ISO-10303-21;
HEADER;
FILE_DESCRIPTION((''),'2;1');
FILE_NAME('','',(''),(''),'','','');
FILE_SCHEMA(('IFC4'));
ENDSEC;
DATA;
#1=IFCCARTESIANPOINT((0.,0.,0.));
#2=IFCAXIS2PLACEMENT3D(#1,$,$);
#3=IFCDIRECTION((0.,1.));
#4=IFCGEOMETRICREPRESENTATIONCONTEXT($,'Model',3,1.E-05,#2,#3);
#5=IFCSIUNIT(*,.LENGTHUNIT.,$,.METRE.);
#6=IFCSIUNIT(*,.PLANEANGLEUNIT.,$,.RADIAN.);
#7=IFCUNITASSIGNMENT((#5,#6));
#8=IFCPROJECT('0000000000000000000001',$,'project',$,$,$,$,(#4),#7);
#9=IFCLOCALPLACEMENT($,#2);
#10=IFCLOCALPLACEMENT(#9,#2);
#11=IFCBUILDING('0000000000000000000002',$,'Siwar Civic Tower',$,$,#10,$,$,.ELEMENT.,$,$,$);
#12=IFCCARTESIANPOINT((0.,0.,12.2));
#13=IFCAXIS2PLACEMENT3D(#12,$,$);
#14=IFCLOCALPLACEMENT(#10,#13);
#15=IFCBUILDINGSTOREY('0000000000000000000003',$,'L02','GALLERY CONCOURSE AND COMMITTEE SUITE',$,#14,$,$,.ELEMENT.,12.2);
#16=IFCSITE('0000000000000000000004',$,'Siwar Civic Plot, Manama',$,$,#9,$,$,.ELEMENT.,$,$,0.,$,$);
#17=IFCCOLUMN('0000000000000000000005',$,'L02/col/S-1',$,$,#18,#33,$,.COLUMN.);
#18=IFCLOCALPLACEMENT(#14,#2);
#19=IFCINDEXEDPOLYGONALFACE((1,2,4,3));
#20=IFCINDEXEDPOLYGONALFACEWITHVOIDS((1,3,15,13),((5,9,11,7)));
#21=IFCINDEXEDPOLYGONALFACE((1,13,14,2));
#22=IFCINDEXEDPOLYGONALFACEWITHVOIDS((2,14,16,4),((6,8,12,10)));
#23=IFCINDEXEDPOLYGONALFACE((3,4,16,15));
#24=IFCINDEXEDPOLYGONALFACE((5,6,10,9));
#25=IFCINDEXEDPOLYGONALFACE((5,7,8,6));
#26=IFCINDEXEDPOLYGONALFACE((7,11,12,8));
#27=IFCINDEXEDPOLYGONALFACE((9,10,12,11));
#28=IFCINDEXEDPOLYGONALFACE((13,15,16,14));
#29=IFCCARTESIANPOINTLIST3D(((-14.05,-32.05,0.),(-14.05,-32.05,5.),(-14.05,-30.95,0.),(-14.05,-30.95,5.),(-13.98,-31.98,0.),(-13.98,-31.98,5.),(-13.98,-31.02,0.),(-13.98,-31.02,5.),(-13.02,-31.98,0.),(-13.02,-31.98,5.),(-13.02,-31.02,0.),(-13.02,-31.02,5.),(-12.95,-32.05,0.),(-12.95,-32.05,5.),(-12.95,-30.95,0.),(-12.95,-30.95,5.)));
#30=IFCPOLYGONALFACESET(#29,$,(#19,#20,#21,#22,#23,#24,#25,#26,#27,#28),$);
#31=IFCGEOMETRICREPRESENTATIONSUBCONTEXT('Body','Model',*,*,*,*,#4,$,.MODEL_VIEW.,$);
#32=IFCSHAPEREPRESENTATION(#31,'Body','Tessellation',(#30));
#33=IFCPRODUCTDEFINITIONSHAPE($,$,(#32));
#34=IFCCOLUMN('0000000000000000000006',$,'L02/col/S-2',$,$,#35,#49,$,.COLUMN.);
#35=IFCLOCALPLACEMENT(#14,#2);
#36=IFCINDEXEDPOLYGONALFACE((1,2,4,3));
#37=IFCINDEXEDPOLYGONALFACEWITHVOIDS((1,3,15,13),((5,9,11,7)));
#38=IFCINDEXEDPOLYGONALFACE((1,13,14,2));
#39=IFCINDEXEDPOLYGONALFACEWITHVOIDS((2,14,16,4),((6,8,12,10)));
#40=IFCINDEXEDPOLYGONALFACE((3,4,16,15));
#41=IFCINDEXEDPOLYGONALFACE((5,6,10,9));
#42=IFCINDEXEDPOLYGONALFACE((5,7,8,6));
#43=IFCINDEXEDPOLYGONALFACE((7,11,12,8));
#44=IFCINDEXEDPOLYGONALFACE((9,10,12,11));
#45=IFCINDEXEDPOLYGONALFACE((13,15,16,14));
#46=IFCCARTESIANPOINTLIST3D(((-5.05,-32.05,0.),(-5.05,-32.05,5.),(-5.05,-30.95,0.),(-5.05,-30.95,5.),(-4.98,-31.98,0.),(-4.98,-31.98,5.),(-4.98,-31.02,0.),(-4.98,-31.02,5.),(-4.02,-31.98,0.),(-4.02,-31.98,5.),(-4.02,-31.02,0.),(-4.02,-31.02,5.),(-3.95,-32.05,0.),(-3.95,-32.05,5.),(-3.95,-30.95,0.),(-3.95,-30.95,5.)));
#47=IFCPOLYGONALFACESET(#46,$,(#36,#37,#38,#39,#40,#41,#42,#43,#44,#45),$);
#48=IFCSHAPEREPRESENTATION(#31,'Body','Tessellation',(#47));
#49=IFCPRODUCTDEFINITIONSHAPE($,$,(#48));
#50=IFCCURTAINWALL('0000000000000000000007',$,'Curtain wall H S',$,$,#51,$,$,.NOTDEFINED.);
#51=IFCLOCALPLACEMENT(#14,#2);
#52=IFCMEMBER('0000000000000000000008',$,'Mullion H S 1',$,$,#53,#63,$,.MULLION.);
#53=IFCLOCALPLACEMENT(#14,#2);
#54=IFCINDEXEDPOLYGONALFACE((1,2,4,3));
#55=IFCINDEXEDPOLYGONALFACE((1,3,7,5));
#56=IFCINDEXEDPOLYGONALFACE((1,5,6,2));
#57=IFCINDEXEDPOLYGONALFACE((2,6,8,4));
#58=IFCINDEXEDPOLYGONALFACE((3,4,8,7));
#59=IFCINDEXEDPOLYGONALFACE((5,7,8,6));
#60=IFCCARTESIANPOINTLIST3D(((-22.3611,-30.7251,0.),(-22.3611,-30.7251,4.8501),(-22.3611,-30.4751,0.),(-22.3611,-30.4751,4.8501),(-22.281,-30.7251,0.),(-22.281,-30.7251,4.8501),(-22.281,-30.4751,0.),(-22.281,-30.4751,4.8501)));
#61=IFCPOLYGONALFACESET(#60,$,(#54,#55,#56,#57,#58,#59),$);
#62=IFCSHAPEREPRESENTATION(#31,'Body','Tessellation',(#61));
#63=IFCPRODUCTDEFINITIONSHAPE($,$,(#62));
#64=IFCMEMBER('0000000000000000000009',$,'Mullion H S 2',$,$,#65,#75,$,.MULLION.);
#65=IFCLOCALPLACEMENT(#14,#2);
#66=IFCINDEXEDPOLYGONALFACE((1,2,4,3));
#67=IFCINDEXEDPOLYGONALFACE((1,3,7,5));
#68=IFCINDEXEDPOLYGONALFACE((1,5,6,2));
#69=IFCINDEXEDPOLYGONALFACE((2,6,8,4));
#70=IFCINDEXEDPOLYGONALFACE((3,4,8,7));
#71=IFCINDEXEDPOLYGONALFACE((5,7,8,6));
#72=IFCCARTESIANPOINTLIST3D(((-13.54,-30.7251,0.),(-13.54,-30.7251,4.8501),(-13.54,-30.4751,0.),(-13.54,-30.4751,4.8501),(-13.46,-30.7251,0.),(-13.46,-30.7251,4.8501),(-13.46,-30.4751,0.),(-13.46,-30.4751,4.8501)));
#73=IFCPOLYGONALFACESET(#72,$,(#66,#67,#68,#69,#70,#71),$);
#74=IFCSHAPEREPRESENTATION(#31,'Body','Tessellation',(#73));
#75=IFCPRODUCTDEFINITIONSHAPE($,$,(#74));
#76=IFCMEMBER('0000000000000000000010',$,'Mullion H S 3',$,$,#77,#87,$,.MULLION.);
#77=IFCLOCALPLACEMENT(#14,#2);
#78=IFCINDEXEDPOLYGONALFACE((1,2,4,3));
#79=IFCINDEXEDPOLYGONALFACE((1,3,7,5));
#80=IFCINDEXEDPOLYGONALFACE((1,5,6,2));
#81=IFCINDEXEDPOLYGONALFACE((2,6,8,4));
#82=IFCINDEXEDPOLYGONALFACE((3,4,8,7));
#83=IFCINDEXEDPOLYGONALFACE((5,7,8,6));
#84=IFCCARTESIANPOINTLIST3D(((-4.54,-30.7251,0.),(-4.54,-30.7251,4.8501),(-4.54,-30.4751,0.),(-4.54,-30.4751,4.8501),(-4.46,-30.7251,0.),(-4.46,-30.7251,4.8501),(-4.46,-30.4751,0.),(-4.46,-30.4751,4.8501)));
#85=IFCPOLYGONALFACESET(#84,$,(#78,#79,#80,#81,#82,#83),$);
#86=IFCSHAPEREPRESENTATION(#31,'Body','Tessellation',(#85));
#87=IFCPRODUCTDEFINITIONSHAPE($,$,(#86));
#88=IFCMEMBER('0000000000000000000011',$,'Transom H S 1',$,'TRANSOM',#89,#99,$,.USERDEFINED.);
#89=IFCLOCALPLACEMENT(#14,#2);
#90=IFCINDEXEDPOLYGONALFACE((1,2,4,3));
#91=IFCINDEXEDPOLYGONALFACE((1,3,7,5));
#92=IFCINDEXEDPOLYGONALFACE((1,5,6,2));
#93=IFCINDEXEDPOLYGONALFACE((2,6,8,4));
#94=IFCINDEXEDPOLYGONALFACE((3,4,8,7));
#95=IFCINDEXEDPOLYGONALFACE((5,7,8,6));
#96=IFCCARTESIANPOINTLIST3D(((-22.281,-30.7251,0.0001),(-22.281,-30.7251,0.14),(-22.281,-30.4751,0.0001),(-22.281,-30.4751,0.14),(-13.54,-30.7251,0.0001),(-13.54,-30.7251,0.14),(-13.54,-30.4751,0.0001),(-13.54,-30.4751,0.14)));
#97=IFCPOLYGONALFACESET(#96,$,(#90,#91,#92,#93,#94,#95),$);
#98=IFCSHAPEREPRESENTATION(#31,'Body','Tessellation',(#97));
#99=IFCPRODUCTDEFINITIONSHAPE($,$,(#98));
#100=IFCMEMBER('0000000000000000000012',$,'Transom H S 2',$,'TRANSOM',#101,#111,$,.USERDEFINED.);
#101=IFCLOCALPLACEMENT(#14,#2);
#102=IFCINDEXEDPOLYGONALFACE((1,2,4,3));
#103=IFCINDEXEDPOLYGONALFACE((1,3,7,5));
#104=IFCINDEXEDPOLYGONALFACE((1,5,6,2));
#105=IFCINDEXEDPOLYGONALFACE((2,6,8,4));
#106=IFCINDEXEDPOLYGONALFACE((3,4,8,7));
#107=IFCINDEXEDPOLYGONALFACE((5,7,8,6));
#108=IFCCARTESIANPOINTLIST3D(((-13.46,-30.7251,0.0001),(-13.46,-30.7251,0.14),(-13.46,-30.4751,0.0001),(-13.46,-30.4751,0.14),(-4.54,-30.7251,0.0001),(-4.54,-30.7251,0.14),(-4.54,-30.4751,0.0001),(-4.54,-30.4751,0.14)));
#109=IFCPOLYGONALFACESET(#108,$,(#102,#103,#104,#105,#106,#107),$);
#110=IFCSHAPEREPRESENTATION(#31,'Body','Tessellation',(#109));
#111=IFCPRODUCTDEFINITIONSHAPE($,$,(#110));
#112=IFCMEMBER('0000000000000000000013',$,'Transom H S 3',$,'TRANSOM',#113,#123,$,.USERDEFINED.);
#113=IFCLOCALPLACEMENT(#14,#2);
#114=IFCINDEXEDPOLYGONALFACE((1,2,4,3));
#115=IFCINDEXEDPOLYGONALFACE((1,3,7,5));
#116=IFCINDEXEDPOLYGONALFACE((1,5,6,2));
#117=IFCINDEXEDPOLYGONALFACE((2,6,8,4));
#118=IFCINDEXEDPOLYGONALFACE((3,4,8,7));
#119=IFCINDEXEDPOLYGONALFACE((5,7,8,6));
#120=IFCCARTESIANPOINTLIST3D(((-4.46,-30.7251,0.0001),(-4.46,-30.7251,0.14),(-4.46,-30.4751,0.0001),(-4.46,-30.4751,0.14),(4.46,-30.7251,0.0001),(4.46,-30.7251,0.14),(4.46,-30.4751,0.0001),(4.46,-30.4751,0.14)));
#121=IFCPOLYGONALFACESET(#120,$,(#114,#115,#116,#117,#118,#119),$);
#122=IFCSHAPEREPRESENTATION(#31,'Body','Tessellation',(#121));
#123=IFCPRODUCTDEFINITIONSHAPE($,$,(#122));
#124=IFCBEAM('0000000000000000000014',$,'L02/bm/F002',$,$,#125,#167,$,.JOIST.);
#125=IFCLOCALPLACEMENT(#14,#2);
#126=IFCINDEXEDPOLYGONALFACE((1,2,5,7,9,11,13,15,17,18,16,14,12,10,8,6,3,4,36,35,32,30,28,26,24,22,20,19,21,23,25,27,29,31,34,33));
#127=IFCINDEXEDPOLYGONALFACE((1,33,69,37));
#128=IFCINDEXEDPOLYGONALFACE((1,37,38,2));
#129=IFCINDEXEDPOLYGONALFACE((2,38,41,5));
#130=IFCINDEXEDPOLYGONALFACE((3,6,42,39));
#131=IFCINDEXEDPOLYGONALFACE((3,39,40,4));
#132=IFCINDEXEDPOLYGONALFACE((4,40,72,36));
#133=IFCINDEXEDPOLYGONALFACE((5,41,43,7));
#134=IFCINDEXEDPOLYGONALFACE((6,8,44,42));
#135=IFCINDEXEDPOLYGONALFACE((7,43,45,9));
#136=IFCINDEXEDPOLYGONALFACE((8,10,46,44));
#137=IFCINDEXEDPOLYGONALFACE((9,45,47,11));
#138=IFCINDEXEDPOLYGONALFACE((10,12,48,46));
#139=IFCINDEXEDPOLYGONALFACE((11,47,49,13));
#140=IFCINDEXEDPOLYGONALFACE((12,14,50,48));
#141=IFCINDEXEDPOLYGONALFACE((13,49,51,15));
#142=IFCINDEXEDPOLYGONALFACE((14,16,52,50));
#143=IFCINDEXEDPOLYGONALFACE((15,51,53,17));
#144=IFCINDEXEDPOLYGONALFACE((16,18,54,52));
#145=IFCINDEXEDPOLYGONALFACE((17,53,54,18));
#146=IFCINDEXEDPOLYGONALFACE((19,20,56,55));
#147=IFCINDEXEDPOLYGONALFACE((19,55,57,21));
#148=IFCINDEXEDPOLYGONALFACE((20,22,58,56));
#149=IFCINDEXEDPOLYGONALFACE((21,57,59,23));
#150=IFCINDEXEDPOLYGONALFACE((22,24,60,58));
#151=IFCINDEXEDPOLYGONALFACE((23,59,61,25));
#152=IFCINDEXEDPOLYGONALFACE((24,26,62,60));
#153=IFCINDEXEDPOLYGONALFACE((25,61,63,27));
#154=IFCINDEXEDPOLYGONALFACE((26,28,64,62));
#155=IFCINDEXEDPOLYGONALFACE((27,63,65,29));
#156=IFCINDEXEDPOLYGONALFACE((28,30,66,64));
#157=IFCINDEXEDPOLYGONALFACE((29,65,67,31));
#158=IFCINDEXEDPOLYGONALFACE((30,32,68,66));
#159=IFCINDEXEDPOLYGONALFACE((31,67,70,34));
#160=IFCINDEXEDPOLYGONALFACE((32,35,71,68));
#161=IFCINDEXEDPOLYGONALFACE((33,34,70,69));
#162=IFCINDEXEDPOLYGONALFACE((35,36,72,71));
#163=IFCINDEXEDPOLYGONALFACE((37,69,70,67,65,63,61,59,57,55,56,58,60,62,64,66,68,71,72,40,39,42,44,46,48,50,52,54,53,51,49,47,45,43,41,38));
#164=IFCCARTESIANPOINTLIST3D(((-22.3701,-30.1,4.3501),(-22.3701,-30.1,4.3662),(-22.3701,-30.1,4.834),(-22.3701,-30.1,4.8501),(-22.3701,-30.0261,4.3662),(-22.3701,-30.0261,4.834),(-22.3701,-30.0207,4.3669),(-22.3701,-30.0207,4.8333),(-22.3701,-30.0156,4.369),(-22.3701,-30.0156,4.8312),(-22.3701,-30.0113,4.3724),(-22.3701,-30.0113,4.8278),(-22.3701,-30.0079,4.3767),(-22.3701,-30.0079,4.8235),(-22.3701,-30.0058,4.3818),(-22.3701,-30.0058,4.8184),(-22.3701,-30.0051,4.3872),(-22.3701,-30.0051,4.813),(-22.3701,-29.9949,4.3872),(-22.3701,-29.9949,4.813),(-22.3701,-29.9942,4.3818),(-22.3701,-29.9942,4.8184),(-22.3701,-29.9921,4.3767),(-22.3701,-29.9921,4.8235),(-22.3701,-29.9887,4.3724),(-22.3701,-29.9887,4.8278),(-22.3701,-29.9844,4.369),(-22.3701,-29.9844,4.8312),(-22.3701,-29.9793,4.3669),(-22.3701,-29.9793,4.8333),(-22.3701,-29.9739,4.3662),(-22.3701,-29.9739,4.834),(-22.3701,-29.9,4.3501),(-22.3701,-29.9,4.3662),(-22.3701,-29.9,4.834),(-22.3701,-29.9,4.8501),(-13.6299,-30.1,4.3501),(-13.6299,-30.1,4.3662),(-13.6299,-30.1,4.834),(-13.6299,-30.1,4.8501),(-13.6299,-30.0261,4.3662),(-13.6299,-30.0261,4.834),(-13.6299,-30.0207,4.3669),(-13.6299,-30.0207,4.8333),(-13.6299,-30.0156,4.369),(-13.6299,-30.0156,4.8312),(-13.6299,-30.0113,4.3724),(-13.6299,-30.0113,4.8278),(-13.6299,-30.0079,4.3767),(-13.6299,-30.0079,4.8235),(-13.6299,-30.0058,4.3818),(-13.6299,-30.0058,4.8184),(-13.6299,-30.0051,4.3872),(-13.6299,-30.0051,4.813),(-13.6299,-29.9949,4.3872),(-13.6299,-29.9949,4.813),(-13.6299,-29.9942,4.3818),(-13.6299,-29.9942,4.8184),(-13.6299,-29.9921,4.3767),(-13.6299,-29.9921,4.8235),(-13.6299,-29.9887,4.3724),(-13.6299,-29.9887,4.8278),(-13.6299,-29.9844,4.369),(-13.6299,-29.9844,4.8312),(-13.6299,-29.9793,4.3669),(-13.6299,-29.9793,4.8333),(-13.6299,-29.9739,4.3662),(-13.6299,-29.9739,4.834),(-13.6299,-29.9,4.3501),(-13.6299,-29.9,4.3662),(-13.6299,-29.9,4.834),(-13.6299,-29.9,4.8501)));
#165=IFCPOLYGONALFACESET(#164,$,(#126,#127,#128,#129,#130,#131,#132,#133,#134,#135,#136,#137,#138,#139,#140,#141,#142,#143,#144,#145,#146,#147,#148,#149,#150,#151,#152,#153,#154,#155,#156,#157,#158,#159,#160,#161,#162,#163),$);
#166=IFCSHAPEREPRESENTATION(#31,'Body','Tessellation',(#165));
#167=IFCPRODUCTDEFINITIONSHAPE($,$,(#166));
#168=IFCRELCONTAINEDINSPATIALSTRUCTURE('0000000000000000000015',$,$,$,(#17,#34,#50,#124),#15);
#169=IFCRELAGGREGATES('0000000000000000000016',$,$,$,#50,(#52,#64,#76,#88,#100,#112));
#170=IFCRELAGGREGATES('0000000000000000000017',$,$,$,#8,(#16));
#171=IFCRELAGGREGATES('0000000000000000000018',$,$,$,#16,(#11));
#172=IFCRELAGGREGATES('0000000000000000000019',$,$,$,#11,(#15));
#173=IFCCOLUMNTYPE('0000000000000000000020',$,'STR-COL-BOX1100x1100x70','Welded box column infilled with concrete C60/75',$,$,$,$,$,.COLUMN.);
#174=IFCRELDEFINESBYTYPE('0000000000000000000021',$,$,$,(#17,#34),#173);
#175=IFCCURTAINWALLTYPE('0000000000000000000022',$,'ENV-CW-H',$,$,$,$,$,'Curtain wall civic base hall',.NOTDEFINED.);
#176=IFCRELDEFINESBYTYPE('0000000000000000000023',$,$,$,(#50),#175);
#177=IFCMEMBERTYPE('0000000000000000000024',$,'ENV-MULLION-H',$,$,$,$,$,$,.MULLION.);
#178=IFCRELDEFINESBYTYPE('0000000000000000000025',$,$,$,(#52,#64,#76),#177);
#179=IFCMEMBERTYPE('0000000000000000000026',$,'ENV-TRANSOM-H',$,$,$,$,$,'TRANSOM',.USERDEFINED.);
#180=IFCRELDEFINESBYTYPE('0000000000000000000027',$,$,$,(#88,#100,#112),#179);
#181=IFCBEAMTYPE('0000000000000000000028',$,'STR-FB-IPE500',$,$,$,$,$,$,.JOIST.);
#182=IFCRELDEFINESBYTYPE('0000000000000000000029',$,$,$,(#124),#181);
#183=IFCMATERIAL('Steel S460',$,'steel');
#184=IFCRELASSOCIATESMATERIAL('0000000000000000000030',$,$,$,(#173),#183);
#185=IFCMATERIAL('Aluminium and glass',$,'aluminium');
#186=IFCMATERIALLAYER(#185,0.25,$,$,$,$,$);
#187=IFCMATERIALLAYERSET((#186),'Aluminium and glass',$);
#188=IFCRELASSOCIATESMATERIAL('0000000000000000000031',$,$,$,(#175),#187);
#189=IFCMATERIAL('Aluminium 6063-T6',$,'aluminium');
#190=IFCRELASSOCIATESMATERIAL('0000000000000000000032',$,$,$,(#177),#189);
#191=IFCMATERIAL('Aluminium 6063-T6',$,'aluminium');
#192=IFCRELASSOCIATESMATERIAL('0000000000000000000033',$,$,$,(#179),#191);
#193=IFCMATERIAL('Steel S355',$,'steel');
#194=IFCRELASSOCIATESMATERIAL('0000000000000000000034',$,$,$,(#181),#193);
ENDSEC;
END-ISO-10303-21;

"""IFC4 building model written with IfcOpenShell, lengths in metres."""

from ifc_helpers import new_model, si_unit, direction, frame, origin, origin_2d, place, context, subcontext, project, spatial, rectangle, hollow_rectangle, i_section, extrude, material, layer, layer_set, material_profile, profile_set, type_object, element, aggregate, save


model = new_model("IFC4")

# Units and contexts
model_context = context("Model", 3, precision=1e-05, world=origin(), true_north=direction((0.0, 1.0)))
body_context = subcontext(model_context, "Body", "Model", "MODEL_VIEW")
ifc_project = project(units=[si_unit("LENGTHUNIT", "METRE"), si_unit("PLANEANGLEUNIT", "RADIAN")], contexts=[model_context])

# Site, building, storey
site_placement = place(None, origin())
site = spatial("IfcSite", under=ifc_project, at=site_placement, Name="Siwar Civic Plot, Manama", CompositionType="ELEMENT", RefElevation=0.0)
building_placement = place(site_placement, origin())
building = spatial("IfcBuilding", under=site, at=building_placement, Name="Siwar Civic Tower", CompositionType="ELEMENT")
storey_placement = place(building_placement, frame((0.0, 0.0, 12.2)))
storey = spatial("IfcBuildingStorey", under=building, at=storey_placement, Name="L02", Description="GALLERY CONCOURSE AND COMMITTEE SUITE", CompositionType="ELEMENT", Elevation=12.2)

# Columns
ifc_material_1 = material(Name="Steel S460", Category="steel")
ifc_material_profile_1 = material_profile(ifc_material_1, hollow_rectangle(XDim=1.1001, YDim=1.1001, WallThickness=0.0701, at=origin_2d()), Name="BOX1100x1100x70")
ifc_profile_set_1 = profile_set([ifc_material_profile_1], Name="Steel S460")
column_type = type_object("IfcColumnType", Name="STR-COL-BOX1100x1100x70", Description="Welded box column infilled with concrete C60/75", PredefinedType="COLUMN", material=ifc_profile_set_1)
for number, where, z_axis, x_axis, name in (
    (1, (-13.5, -31.5, 0.0), (0.0, 0.0, 1.0), (1.0, 0.0, 0.0), "L02/col/S-1"),
    (2, (-4.5, -31.5, 0.0), (0.0, 0.0, 1.0), (1.0, 0.0, 0.0), "L02/col/S-2"),
):
    element("IfcColumn", number, at=place(storey_placement, frame(where, z_axis=z_axis, x_axis=x_axis)), inside=storey, type_object=column_type, Name=name, PredefinedType="COLUMN", context=body_context, shape_type="SweptSolid", body=[
        extrude(hollow_rectangle(XDim=1.1001, YDim=1.1001, WallThickness=0.0701, at=origin_2d()), origin(), (0.0, 0.0, 1.0), 5.0),
    ])

# Curtain wall, members
ifc_material_2 = material(Name="Aluminium and glass", Category="aluminium")
ifc_layer_1 = layer(ifc_material_2, 0.25)
ifc_layer_set_1 = layer_set([ifc_layer_1], Name="Aluminium and glass")
curtain_wall_type = type_object("IfcCurtainWallType", Name="ENV-CW-H", ElementType="Curtain wall civic base hall", PredefinedType="NOTDEFINED", material=ifc_layer_set_1)
curtain_wall_placement = place(storey_placement, origin())
curtain_wall = element("IfcCurtainWall", 3, at=curtain_wall_placement, inside=storey, type_object=curtain_wall_type, Name="Curtain wall H S", PredefinedType="NOTDEFINED")
ifc_material_3 = material(Name="Aluminium 6063-T6", Category="aluminium")
ifc_material_profile_2 = material_profile(ifc_material_3, rectangle(XDim=0.25, YDim=0.0801, at=origin_2d()), Name="AL 250x80")
ifc_profile_set_2 = profile_set([ifc_material_profile_2], Name="Aluminium 6063-T6")
member_type_1 = type_object("IfcMemberType", Name="ENV-MULLION-H", PredefinedType="MULLION", material=ifc_profile_set_2)
member_1_placement = place(storey_placement, frame((-22.321, -30.6001, 0.0), z_axis=(0.0, 0.0, 1.0), x_axis=(0.0, 1.0, 0.0)))
member_1 = element("IfcMember", 4, at=member_1_placement, type_object=member_type_1, Name="Mullion H S 1", PredefinedType="MULLION", context=body_context, shape_type="SweptSolid", body=[
    extrude(rectangle(XDim=0.25, YDim=0.0801, at=origin_2d()), origin(), (0.0, 0.0, 1.0), 4.8501),
])
member_2_placement = place(storey_placement, frame((-13.5, -30.6001, 0.0), z_axis=(0.0, 0.0, 1.0), x_axis=(0.0, 1.0, 0.0)))
member_2 = element("IfcMember", 5, at=member_2_placement, type_object=member_type_1, Name="Mullion H S 2", PredefinedType="MULLION", context=body_context, shape_type="SweptSolid", body=[
    extrude(rectangle(XDim=0.25, YDim=0.0801, at=origin_2d()), origin(), (0.0, 0.0, 1.0), 4.8501),
])
member_3_placement = place(storey_placement, frame((-4.5, -30.6001, 0.0), z_axis=(0.0, 0.0, 1.0), x_axis=(0.0, 1.0, 0.0)))
member_3 = element("IfcMember", 6, at=member_3_placement, type_object=member_type_1, Name="Mullion H S 3", PredefinedType="MULLION", context=body_context, shape_type="SweptSolid", body=[
    extrude(rectangle(XDim=0.25, YDim=0.0801, at=origin_2d()), origin(), (0.0, 0.0, 1.0), 4.8501),
])
ifc_material_4 = material(Name="Aluminium 6063-T6", Category="aluminium")
ifc_material_profile_3 = material_profile(ifc_material_4, rectangle(XDim=0.25, YDim=0.1399, at=origin_2d()), Name="AL 250x140")
ifc_profile_set_3 = profile_set([ifc_material_profile_3], Name="Aluminium 6063-T6")
member_type_2 = type_object("IfcMemberType", Name="ENV-TRANSOM-H", ElementType="TRANSOM", PredefinedType="USERDEFINED", material=ifc_profile_set_3)
member_4_placement = place(storey_placement, frame((-22.281, -30.6001, 0.0701), z_axis=(1.0, 0.0, 0.0), x_axis=(0.0, 1.0, 0.0)))
member_4 = element("IfcMember", 7, at=member_4_placement, type_object=member_type_2, Name="Transom H S 1", ObjectType="TRANSOM", PredefinedType="USERDEFINED", context=body_context, shape_type="SweptSolid", body=[
    extrude(rectangle(XDim=0.25, YDim=0.1399, at=origin_2d()), origin(), (0.0, 0.0, 1.0), 8.741),
])
member_5_placement = place(storey_placement, frame((-13.46, -30.6001, 0.0701), z_axis=(1.0, 0.0, 0.0), x_axis=(0.0, 1.0, 0.0)))
member_5 = element("IfcMember", 8, at=member_5_placement, type_object=member_type_2, Name="Transom H S 2", ObjectType="TRANSOM", PredefinedType="USERDEFINED", context=body_context, shape_type="SweptSolid", body=[
    extrude(rectangle(XDim=0.25, YDim=0.1399, at=origin_2d()), origin(), (0.0, 0.0, 1.0), 8.9199),
])
member_6_placement = place(storey_placement, frame((-4.46, -30.6001, 0.0701), z_axis=(1.0, 0.0, 0.0), x_axis=(0.0, 1.0, 0.0)))
member_6 = element("IfcMember", 9, at=member_6_placement, type_object=member_type_2, Name="Transom H S 3", ObjectType="TRANSOM", PredefinedType="USERDEFINED", context=body_context, shape_type="SweptSolid", body=[
    extrude(rectangle(XDim=0.25, YDim=0.1399, at=origin_2d()), origin(), (0.0, 0.0, 1.0), 8.9199),
])

# Beam
ifc_material_5 = material(Name="Steel S355", Category="steel")
ifc_material_profile_4 = material_profile(ifc_material_5, i_section(OverallWidth=0.2, OverallDepth=0.5, WebThickness=0.0103, FlangeThickness=0.0161, FilletRadius=0.021, at=origin_2d()), Name="IPE500")
ifc_profile_set_4 = profile_set([ifc_material_profile_4], Name="Steel S355")
beam_type_1 = type_object("IfcBeamType", Name="STR-FB-IPE500", PredefinedType="JOIST", material=ifc_profile_set_4)
for number, where, z_axis, x_axis, name in (
    (10, (-22.3701, -30.0, 4.6001), (1.0, 0.0, 0.0), (0.0, 1.0, 0.0), "L02/bm/F002"),
):
    element("IfcBeam", number, at=place(storey_placement, frame(where, z_axis=z_axis, x_axis=x_axis)), inside=storey, type_object=beam_type_1, Name=name, PredefinedType="JOIST", context=body_context, shape_type="SweptSolid", body=[
        extrude(i_section(OverallWidth=0.2, OverallDepth=0.5, WebThickness=0.0103, FlangeThickness=0.0161, FilletRadius=0.021, at=origin_2d()), origin(), (0.0, 0.0, 1.0), 8.7402),
    ])

aggregate(curtain_wall, [member_1, member_2, member_3, member_4, member_5, member_6])

save(model, "model.ifc")
